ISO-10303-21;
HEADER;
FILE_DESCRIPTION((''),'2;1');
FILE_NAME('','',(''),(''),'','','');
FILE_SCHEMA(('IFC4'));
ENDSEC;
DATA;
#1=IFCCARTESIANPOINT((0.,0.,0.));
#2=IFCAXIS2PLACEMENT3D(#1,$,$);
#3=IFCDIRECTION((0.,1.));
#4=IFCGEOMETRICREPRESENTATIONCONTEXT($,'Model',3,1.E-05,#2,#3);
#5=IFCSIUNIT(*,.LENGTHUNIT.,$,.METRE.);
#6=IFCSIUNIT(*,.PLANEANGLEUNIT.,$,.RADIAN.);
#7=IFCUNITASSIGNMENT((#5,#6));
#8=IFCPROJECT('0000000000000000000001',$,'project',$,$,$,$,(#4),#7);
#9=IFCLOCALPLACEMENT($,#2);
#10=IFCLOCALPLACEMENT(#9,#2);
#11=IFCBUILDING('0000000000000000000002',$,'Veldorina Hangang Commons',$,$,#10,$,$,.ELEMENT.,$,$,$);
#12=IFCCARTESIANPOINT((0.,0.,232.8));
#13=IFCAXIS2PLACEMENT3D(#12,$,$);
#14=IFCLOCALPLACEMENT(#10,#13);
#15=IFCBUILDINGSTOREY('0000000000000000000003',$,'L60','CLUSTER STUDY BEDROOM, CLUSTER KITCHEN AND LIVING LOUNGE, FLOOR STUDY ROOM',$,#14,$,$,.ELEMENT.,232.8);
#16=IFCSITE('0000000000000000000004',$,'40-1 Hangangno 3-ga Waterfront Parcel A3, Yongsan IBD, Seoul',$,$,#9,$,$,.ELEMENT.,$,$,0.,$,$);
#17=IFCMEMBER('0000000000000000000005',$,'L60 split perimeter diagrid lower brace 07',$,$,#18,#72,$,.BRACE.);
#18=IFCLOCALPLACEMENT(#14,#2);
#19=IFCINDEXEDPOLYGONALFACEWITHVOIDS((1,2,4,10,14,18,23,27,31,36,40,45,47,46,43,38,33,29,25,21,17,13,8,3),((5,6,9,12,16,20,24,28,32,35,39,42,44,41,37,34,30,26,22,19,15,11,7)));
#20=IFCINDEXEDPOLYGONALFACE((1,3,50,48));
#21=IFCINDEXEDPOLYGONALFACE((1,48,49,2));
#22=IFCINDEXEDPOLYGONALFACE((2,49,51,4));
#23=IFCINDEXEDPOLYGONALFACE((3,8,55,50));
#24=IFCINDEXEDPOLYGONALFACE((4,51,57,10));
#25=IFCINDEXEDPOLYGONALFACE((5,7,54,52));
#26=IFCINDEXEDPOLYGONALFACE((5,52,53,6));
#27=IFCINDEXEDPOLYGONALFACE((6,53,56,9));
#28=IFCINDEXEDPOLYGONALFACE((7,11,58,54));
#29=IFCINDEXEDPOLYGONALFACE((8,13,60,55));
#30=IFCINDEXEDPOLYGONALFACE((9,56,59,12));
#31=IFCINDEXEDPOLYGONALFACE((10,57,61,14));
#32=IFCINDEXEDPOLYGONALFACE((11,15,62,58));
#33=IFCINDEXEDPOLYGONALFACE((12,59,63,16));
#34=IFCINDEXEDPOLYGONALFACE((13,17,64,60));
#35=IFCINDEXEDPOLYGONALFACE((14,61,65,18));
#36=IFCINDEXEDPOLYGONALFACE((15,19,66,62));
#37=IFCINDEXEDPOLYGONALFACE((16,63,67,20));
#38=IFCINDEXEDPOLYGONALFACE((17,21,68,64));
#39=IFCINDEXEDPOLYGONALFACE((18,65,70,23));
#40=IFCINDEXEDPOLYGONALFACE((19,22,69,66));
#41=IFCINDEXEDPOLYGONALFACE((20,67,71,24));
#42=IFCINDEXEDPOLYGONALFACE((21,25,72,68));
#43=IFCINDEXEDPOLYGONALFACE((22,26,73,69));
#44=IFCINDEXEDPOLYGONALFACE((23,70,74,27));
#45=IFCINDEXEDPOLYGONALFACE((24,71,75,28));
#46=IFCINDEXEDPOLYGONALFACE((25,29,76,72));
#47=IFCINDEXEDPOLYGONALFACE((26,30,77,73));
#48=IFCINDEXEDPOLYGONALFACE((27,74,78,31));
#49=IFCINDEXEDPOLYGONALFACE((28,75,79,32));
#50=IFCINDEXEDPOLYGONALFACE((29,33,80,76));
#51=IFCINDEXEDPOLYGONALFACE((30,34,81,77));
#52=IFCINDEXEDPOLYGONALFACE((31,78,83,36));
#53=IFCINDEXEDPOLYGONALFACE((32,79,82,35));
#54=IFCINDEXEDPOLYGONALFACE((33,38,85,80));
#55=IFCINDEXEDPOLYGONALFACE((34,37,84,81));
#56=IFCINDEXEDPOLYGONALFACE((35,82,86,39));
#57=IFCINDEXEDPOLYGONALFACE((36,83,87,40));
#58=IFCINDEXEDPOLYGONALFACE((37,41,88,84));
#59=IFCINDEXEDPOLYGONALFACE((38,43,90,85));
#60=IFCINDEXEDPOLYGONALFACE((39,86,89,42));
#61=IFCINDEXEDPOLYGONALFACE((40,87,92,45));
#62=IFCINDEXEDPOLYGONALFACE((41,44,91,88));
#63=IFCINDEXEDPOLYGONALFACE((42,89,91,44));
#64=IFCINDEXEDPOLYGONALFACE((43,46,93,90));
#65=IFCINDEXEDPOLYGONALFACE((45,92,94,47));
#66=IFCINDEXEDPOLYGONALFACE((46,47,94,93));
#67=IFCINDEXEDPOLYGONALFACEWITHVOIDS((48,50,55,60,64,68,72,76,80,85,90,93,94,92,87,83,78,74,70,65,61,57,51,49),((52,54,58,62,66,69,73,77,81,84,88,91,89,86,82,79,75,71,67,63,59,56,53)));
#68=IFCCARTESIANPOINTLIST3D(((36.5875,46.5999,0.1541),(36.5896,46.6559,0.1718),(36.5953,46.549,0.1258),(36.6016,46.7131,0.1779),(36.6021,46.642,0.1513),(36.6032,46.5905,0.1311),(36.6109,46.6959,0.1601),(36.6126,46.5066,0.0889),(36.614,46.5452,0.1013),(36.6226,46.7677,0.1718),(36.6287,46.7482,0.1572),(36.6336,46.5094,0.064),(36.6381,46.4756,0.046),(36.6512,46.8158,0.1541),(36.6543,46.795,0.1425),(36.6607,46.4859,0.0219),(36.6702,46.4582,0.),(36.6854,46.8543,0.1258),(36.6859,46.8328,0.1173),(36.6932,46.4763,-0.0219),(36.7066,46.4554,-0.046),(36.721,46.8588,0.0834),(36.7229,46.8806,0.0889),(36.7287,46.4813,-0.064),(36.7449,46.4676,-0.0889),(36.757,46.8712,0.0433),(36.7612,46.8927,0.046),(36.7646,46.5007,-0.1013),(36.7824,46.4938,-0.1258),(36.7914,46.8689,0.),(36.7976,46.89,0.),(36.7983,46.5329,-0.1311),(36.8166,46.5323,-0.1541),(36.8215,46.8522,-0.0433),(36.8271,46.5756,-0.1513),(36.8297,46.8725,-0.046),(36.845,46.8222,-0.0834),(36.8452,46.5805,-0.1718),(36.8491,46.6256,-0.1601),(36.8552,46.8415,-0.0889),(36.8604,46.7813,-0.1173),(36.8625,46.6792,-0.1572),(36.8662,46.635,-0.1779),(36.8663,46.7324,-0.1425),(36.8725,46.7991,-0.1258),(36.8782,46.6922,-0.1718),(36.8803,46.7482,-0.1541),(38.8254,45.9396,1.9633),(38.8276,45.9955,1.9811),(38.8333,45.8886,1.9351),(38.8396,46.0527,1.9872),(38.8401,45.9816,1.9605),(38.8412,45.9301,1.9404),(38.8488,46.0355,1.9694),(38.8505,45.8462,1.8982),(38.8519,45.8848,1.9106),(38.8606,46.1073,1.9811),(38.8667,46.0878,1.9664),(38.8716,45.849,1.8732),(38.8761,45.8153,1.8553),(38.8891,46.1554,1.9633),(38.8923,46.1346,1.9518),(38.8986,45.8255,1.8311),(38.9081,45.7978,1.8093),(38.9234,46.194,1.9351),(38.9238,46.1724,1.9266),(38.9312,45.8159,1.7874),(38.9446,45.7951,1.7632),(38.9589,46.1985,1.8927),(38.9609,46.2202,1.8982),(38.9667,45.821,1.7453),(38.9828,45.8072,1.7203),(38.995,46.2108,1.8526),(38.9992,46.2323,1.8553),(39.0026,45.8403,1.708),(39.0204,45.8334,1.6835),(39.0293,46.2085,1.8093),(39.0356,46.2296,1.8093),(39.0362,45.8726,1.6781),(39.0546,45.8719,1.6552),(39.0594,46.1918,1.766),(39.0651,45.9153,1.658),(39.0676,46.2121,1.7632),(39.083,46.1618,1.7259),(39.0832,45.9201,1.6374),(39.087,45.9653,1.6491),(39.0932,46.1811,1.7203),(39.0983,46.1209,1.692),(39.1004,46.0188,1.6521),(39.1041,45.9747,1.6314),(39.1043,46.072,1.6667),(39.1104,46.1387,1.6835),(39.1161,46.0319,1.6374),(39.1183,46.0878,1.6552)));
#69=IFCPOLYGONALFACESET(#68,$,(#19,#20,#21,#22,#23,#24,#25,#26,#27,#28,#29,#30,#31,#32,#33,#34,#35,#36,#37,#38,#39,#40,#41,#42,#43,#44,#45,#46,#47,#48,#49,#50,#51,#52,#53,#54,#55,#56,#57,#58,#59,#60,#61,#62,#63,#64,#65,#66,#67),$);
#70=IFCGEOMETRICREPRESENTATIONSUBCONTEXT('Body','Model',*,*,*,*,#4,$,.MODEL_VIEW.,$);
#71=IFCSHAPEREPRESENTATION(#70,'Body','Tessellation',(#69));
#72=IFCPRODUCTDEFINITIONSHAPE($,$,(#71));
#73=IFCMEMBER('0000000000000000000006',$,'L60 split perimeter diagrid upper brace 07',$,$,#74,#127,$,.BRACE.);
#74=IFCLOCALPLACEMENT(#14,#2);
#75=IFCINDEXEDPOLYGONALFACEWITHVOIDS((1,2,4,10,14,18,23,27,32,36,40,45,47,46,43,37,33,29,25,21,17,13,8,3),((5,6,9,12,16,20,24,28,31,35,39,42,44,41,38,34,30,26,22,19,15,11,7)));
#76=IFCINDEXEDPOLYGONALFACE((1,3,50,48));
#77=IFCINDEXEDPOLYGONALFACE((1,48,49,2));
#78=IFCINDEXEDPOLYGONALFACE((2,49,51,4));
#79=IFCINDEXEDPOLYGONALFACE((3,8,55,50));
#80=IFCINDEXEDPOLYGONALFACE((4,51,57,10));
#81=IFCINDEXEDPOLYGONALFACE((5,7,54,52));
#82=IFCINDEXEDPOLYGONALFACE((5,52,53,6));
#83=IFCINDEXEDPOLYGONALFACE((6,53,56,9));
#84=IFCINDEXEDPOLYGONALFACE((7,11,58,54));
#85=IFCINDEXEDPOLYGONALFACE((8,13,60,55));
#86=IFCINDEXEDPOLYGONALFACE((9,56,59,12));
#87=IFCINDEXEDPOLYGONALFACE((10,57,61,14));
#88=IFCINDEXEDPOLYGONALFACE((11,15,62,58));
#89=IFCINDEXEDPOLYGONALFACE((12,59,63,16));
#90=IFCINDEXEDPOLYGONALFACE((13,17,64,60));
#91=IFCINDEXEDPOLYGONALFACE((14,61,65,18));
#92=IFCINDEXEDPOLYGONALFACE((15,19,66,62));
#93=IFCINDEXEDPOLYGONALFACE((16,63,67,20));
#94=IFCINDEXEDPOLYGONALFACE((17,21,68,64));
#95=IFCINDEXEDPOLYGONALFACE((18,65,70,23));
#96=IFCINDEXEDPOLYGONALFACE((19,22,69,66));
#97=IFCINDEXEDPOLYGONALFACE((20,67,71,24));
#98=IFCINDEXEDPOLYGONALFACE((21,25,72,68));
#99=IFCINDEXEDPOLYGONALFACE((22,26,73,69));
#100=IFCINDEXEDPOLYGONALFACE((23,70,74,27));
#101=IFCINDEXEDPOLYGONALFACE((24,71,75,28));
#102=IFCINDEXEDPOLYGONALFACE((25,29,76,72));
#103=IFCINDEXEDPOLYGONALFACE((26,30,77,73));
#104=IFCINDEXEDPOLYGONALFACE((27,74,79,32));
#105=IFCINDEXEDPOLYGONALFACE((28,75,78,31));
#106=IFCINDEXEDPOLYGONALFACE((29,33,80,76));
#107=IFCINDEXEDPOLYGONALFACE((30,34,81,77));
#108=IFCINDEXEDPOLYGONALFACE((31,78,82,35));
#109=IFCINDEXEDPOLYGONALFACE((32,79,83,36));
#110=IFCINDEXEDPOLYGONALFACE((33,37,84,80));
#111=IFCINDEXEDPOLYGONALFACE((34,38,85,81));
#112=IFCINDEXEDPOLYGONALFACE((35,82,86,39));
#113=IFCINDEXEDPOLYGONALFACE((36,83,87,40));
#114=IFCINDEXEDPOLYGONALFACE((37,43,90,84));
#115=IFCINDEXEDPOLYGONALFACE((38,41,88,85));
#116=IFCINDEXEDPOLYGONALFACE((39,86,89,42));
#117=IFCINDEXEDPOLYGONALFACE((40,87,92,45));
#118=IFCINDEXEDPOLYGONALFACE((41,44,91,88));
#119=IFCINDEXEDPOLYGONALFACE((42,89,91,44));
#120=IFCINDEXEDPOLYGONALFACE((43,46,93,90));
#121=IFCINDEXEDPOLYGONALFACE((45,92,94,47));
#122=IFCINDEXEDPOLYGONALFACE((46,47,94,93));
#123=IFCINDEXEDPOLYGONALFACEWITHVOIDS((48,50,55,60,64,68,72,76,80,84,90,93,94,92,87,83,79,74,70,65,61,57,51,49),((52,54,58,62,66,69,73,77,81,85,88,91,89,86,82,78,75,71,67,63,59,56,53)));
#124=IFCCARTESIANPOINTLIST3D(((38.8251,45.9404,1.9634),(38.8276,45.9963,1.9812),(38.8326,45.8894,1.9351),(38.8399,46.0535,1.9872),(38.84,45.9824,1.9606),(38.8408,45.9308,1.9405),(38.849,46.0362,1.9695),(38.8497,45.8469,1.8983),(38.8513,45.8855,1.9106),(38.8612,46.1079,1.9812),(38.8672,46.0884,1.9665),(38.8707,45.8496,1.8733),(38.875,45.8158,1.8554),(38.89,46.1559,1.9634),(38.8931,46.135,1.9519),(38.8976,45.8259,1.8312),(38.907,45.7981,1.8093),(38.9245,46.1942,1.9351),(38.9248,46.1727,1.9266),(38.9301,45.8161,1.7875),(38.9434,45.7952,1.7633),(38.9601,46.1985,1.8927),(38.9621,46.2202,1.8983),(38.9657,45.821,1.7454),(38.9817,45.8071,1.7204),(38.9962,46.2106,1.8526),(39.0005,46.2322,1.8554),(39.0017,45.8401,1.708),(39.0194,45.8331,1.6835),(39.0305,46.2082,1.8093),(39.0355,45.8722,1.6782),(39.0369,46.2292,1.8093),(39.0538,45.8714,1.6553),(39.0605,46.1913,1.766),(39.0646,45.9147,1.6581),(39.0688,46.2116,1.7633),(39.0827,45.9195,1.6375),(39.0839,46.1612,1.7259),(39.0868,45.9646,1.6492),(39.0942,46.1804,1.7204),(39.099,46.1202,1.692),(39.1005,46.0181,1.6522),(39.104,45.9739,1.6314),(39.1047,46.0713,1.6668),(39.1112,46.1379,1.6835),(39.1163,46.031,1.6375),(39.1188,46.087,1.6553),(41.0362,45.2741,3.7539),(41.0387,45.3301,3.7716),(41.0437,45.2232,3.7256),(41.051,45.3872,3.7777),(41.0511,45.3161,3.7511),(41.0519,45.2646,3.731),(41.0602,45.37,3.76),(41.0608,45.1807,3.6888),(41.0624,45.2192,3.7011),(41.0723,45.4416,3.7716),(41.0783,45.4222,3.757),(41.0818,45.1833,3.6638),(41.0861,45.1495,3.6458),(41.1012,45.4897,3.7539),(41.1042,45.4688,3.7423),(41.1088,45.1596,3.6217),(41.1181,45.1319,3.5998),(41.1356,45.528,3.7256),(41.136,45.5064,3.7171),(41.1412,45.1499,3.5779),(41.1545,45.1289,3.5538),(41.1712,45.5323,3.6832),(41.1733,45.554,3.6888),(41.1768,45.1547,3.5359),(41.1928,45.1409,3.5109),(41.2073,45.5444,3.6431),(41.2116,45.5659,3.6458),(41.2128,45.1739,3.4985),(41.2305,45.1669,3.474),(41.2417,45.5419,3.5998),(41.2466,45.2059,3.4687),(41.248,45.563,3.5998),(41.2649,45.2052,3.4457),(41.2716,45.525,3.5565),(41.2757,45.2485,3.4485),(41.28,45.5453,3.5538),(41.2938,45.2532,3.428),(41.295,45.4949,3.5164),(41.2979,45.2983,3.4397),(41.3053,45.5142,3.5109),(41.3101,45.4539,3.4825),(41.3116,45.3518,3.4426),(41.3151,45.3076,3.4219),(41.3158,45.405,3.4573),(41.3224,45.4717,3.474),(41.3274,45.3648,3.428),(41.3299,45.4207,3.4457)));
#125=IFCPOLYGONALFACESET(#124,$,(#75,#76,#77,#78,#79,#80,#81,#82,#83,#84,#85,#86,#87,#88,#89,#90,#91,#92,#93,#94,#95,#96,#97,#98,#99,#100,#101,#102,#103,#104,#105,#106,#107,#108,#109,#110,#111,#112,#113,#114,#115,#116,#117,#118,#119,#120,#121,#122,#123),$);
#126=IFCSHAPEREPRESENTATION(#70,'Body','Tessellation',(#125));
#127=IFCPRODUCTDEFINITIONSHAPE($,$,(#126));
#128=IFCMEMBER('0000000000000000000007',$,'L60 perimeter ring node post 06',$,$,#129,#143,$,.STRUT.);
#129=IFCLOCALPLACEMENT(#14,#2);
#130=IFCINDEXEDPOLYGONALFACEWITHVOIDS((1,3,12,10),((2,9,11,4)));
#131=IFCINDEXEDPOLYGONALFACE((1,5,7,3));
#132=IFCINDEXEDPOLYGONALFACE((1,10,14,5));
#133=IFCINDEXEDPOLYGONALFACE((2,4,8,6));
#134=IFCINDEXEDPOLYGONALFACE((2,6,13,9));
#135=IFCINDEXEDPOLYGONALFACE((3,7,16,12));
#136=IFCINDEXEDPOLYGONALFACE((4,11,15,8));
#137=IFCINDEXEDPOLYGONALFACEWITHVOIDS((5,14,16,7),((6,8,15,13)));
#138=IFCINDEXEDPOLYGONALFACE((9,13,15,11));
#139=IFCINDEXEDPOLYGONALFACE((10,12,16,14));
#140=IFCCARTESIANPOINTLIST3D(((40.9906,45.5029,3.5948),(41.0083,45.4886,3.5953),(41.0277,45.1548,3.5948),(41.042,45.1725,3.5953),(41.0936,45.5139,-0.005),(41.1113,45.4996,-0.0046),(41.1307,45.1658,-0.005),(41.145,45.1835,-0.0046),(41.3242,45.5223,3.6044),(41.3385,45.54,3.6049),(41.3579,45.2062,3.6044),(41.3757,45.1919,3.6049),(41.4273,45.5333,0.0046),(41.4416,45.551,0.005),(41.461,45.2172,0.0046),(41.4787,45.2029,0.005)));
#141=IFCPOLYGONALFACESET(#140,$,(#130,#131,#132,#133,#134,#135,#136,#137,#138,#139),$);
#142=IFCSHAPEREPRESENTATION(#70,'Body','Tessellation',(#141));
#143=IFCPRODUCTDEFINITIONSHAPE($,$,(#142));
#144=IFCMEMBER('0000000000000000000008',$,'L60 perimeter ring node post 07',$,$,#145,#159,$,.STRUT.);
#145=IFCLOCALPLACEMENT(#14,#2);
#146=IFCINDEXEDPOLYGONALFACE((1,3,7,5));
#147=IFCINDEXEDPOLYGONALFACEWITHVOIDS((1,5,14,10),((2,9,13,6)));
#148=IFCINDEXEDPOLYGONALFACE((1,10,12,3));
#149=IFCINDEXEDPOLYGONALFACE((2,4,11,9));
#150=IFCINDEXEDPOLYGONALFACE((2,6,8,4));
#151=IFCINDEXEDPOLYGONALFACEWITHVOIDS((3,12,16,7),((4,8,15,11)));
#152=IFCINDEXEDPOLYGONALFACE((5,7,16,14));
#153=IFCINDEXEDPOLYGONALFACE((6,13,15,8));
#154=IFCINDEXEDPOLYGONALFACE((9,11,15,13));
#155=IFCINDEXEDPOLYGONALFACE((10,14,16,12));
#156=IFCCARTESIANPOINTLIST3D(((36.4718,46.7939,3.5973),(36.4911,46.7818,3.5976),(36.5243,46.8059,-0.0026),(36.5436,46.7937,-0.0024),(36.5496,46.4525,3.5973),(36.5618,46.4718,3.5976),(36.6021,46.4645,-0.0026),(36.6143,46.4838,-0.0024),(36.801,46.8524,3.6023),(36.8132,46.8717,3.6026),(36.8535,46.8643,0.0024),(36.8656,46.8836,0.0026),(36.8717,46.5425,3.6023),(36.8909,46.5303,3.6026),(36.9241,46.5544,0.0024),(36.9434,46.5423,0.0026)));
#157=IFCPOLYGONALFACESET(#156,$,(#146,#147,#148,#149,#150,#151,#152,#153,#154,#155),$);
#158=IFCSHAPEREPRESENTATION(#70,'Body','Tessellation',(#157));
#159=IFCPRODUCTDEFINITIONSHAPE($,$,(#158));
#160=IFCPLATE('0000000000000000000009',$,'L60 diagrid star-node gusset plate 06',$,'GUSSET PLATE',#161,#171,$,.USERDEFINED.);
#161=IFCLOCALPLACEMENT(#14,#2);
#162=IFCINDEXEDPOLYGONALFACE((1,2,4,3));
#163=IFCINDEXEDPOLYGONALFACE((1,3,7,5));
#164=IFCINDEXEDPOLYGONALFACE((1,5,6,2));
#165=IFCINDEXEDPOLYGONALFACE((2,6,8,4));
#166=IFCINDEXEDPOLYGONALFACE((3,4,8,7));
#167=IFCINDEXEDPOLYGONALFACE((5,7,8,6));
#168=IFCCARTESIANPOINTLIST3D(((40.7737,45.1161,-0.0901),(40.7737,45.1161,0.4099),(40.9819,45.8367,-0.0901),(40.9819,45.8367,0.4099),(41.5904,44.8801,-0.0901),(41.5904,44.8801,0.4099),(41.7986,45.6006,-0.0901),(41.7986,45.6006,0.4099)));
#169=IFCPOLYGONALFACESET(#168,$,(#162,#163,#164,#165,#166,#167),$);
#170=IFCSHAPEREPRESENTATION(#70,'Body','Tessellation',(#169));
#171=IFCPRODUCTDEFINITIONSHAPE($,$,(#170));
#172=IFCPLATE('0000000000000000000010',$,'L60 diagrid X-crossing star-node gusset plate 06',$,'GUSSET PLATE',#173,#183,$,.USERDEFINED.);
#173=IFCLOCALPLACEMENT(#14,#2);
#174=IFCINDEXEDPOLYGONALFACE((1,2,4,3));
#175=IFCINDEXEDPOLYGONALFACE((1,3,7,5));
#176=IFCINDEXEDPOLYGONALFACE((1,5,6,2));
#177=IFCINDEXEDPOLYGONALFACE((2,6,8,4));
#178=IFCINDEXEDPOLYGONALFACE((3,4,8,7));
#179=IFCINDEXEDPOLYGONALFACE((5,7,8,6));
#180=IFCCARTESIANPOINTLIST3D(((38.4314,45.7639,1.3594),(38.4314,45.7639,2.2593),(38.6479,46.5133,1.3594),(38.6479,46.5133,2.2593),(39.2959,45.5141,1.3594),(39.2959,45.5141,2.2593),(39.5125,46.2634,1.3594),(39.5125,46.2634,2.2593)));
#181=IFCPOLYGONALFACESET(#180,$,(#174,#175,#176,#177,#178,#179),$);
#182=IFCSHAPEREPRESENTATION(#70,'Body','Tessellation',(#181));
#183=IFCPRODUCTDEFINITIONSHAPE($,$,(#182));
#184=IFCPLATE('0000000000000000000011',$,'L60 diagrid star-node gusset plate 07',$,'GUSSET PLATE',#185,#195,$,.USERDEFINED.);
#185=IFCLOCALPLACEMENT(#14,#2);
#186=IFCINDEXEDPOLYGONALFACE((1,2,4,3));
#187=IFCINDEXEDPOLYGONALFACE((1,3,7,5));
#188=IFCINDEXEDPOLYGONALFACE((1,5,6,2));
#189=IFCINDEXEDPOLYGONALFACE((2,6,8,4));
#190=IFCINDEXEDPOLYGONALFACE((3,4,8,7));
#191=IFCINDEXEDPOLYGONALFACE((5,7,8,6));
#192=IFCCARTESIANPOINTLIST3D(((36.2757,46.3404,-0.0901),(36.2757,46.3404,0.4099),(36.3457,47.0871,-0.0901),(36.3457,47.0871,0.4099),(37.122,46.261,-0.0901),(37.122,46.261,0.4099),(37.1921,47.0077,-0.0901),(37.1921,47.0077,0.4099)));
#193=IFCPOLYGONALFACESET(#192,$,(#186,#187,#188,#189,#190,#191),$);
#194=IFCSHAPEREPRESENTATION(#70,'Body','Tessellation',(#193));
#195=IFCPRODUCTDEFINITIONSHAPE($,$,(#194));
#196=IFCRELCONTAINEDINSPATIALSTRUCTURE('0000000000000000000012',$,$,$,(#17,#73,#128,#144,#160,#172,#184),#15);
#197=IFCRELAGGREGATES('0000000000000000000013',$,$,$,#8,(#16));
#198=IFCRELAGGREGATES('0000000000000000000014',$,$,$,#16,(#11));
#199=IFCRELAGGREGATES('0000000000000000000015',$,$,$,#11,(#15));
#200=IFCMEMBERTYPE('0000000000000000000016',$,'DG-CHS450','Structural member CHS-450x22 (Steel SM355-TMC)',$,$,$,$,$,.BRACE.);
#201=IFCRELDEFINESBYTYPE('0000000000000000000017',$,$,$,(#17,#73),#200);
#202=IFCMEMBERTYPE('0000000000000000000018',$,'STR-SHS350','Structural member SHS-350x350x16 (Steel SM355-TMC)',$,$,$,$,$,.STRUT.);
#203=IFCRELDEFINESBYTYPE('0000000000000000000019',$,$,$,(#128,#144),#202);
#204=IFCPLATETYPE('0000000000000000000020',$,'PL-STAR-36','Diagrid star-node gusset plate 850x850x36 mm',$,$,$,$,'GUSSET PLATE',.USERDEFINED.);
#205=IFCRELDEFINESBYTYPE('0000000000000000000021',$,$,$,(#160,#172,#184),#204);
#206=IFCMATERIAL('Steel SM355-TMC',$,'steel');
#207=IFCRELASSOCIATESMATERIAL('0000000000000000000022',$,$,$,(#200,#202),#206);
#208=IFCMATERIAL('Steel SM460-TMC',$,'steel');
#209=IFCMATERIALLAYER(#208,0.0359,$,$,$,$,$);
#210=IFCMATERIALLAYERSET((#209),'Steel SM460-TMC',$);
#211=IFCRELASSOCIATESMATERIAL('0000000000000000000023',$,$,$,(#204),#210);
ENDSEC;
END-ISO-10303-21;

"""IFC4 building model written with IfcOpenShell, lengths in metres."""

from ifc_helpers import new_model, si_unit, direction, frame, origin, origin_2d, place, context, subcontext, project, spatial, rectangle, hollow_rectangle, hollow_circle, extrude, material, layer, layer_set, material_profile, profile_set, type_object, element, save


model = new_model("IFC4")

# Units and contexts
model_context = context("Model", 3, precision=1e-05, world=origin(), true_north=direction((0.0, 1.0)))
body_context = subcontext(model_context, "Body", "Model", "MODEL_VIEW")
ifc_project = project(units=[si_unit("LENGTHUNIT", "METRE"), si_unit("PLANEANGLEUNIT", "RADIAN")], contexts=[model_context])

# Site, building, storey
site_placement = place(None, origin())
site = spatial("IfcSite", under=ifc_project, at=site_placement, Name="40-1 Hangangno 3-ga Waterfront Parcel A3, Yongsan IBD, Seoul", CompositionType="ELEMENT", RefElevation=0.0)
building_placement = place(site_placement, origin())
building = spatial("IfcBuilding", under=site, at=building_placement, Name="Veldorina Hangang Commons", CompositionType="ELEMENT")
storey_placement = place(building_placement, frame((0.0, 0.0, 232.8)))
storey = spatial("IfcBuildingStorey", under=building, at=storey_placement, Name="L60", Description="CLUSTER STUDY BEDROOM, CLUSTER KITCHEN AND LIVING LOUNGE, FLOOR STUDY ROOM", CompositionType="ELEMENT", Elevation=232.8)

# Shared definitions
ifc_material_1 = material(Name="Steel SM355-TMC", Category="steel")

# Members
ifc_material_profile_1 = material_profile(ifc_material_1, hollow_circle(Radius=0.2251, WallThickness=0.022, at=origin_2d()), Name="CHS-450x22")
ifc_profile_set_1 = profile_set([ifc_material_profile_1], Name="Steel SM355-TMC")
member_type_1 = type_object("IfcMemberType", Name="DG-CHS450", Description="Structural member CHS-450x22 (Steel SM355-TMC)", PredefinedType="BRACE", material=ifc_profile_set_1)
member_1_placement = place(storey_placement, frame((36.7339, 46.6741, 0.0), z_axis=(0.757956, -0.223658, 0.612764), x_axis=(0.283016, 0.959115, 0.0)))
element("IfcMember", 1, at=member_1_placement, inside=storey, type_object=member_type_1, Name="L60 split perimeter diagrid lower brace 07", PredefinedType="BRACE", context=body_context, shape_type="SweptSolid", body=[
    extrude(hollow_circle(Radius=0.2251, WallThickness=0.022, at=origin_2d()), origin(), (0.0, 0.0, 1.0), 2.9526),
])
member_2_placement = place(storey_placement, frame((38.9719, 46.0137, 1.8093), z_axis=(0.756686, -0.228, 0.612734), x_axis=(0.288502, 0.957479, 0.0)))
element("IfcMember", 2, at=member_2_placement, inside=storey, type_object=member_type_1, Name="L60 split perimeter diagrid upper brace 07", PredefinedType="BRACE", context=body_context, shape_type="SweptSolid", body=[
    extrude(hollow_circle(Radius=0.2251, WallThickness=0.022, at=origin_2d()), origin(), (0.0, 0.0, 1.0), 2.9221),
])
ifc_material_profile_2 = material_profile(ifc_material_1, hollow_rectangle(XDim=0.3501, YDim=0.3501, WallThickness=0.0161, at=origin_2d()), Name="SHS-350x350x16")
ifc_profile_set_2 = profile_set([ifc_material_profile_2], Name="Steel SM355-TMC")
member_type_2 = type_object("IfcMemberType", Name="STR-SHS350", Description="Structural member SHS-350x350x16 (Steel SM355-TMC)", PredefinedType="STRUT", material=ifc_profile_set_2)
member_3_placement = place(storey_placement, frame((41.2861, 45.3584, 0.0), z_axis=(-0.028608, -0.003051, 0.999586), x_axis=(0.106034, -0.994363, 0.0)))
element("IfcMember", 3, at=member_3_placement, inside=storey, type_object=member_type_2, Name="L60 perimeter ring node post 06", PredefinedType="STRUT", context=body_context, shape_type="SweptSolid", body=[
    extrude(hollow_rectangle(XDim=0.3501, YDim=0.3501, WallThickness=0.0161, at=origin_2d()), origin(), (0.0, 0.0, 1.0), 3.6013),
])
member_4_placement = place(storey_placement, frame((36.7339, 46.6741, 0.0), z_axis=(-0.01458, -0.003323, 0.999888), x_axis=(0.222209, -0.974999, 0.0)))
element("IfcMember", 4, at=member_4_placement, inside=storey, type_object=member_type_2, Name="L60 perimeter ring node post 07", PredefinedType="STRUT", context=body_context, shape_type="SweptSolid", body=[
    extrude(hollow_rectangle(XDim=0.3501, YDim=0.3501, WallThickness=0.0161, at=origin_2d()), origin(), (0.0, 0.0, 1.0), 3.6003),
])

# Plates
ifc_material_2 = material(Name="Steel SM460-TMC", Category="steel")
ifc_layer_1 = layer(ifc_material_2, 0.0359)
ifc_layer_set_1 = layer_set([ifc_layer_1], Name="Steel SM460-TMC")
plate_type = type_object("IfcPlateType", Name="PL-STAR-36", Description="Diagrid star-node gusset plate 850x850x36 mm", ElementType="GUSSET PLATE", PredefinedType="USERDEFINED", material=ifc_layer_set_1)
plate_1_placement = place(storey_placement, frame((41.2861, 45.3584, -0.0901), z_axis=(0.0, 0.0, 1.0), x_axis=(-0.960687, 0.277633, 0.0)))
element("IfcPlate", 5, at=plate_1_placement, inside=storey, type_object=plate_type, Name="L60 diagrid star-node gusset plate 06", ObjectType="GUSSET PLATE", PredefinedType="USERDEFINED", context=body_context, shape_type="SweptSolid", body=[
    extrude(rectangle(XDim=0.8501, YDim=0.75, at=origin_2d()), origin(), (0.0, 0.0, 1.0), 0.5),
])
plate_2_placement = place(storey_placement, frame((38.9719, 46.0137, 1.3594), z_axis=(0.0, 0.0, 1.0), x_axis=(-0.960687, 0.277633, 0.0)))
element("IfcPlate", 6, at=plate_2_placement, inside=storey, type_object=plate_type, Name="L60 diagrid X-crossing star-node gusset plate 06", ObjectType="GUSSET PLATE", PredefinedType="USERDEFINED", context=body_context, shape_type="SweptSolid", body=[
    extrude(rectangle(XDim=0.8999, YDim=0.78, at=origin_2d()), origin(), (0.0, 0.0, 1.0), 0.8999),
])
plate_3_placement = place(storey_placement, frame((36.7339, 46.6741, -0.0901), z_axis=(0.0, 0.0, 1.0), x_axis=(-0.995627, 0.093413, 0.0)))
element("IfcPlate", 7, at=plate_3_placement, inside=storey, type_object=plate_type, Name="L60 diagrid star-node gusset plate 07", ObjectType="GUSSET PLATE", PredefinedType="USERDEFINED", context=body_context, shape_type="SweptSolid", body=[
    extrude(rectangle(XDim=0.8501, YDim=0.75, at=origin_2d()), origin(), (0.0, 0.0, 1.0), 0.5),
])

save(model, "model.ifc")
